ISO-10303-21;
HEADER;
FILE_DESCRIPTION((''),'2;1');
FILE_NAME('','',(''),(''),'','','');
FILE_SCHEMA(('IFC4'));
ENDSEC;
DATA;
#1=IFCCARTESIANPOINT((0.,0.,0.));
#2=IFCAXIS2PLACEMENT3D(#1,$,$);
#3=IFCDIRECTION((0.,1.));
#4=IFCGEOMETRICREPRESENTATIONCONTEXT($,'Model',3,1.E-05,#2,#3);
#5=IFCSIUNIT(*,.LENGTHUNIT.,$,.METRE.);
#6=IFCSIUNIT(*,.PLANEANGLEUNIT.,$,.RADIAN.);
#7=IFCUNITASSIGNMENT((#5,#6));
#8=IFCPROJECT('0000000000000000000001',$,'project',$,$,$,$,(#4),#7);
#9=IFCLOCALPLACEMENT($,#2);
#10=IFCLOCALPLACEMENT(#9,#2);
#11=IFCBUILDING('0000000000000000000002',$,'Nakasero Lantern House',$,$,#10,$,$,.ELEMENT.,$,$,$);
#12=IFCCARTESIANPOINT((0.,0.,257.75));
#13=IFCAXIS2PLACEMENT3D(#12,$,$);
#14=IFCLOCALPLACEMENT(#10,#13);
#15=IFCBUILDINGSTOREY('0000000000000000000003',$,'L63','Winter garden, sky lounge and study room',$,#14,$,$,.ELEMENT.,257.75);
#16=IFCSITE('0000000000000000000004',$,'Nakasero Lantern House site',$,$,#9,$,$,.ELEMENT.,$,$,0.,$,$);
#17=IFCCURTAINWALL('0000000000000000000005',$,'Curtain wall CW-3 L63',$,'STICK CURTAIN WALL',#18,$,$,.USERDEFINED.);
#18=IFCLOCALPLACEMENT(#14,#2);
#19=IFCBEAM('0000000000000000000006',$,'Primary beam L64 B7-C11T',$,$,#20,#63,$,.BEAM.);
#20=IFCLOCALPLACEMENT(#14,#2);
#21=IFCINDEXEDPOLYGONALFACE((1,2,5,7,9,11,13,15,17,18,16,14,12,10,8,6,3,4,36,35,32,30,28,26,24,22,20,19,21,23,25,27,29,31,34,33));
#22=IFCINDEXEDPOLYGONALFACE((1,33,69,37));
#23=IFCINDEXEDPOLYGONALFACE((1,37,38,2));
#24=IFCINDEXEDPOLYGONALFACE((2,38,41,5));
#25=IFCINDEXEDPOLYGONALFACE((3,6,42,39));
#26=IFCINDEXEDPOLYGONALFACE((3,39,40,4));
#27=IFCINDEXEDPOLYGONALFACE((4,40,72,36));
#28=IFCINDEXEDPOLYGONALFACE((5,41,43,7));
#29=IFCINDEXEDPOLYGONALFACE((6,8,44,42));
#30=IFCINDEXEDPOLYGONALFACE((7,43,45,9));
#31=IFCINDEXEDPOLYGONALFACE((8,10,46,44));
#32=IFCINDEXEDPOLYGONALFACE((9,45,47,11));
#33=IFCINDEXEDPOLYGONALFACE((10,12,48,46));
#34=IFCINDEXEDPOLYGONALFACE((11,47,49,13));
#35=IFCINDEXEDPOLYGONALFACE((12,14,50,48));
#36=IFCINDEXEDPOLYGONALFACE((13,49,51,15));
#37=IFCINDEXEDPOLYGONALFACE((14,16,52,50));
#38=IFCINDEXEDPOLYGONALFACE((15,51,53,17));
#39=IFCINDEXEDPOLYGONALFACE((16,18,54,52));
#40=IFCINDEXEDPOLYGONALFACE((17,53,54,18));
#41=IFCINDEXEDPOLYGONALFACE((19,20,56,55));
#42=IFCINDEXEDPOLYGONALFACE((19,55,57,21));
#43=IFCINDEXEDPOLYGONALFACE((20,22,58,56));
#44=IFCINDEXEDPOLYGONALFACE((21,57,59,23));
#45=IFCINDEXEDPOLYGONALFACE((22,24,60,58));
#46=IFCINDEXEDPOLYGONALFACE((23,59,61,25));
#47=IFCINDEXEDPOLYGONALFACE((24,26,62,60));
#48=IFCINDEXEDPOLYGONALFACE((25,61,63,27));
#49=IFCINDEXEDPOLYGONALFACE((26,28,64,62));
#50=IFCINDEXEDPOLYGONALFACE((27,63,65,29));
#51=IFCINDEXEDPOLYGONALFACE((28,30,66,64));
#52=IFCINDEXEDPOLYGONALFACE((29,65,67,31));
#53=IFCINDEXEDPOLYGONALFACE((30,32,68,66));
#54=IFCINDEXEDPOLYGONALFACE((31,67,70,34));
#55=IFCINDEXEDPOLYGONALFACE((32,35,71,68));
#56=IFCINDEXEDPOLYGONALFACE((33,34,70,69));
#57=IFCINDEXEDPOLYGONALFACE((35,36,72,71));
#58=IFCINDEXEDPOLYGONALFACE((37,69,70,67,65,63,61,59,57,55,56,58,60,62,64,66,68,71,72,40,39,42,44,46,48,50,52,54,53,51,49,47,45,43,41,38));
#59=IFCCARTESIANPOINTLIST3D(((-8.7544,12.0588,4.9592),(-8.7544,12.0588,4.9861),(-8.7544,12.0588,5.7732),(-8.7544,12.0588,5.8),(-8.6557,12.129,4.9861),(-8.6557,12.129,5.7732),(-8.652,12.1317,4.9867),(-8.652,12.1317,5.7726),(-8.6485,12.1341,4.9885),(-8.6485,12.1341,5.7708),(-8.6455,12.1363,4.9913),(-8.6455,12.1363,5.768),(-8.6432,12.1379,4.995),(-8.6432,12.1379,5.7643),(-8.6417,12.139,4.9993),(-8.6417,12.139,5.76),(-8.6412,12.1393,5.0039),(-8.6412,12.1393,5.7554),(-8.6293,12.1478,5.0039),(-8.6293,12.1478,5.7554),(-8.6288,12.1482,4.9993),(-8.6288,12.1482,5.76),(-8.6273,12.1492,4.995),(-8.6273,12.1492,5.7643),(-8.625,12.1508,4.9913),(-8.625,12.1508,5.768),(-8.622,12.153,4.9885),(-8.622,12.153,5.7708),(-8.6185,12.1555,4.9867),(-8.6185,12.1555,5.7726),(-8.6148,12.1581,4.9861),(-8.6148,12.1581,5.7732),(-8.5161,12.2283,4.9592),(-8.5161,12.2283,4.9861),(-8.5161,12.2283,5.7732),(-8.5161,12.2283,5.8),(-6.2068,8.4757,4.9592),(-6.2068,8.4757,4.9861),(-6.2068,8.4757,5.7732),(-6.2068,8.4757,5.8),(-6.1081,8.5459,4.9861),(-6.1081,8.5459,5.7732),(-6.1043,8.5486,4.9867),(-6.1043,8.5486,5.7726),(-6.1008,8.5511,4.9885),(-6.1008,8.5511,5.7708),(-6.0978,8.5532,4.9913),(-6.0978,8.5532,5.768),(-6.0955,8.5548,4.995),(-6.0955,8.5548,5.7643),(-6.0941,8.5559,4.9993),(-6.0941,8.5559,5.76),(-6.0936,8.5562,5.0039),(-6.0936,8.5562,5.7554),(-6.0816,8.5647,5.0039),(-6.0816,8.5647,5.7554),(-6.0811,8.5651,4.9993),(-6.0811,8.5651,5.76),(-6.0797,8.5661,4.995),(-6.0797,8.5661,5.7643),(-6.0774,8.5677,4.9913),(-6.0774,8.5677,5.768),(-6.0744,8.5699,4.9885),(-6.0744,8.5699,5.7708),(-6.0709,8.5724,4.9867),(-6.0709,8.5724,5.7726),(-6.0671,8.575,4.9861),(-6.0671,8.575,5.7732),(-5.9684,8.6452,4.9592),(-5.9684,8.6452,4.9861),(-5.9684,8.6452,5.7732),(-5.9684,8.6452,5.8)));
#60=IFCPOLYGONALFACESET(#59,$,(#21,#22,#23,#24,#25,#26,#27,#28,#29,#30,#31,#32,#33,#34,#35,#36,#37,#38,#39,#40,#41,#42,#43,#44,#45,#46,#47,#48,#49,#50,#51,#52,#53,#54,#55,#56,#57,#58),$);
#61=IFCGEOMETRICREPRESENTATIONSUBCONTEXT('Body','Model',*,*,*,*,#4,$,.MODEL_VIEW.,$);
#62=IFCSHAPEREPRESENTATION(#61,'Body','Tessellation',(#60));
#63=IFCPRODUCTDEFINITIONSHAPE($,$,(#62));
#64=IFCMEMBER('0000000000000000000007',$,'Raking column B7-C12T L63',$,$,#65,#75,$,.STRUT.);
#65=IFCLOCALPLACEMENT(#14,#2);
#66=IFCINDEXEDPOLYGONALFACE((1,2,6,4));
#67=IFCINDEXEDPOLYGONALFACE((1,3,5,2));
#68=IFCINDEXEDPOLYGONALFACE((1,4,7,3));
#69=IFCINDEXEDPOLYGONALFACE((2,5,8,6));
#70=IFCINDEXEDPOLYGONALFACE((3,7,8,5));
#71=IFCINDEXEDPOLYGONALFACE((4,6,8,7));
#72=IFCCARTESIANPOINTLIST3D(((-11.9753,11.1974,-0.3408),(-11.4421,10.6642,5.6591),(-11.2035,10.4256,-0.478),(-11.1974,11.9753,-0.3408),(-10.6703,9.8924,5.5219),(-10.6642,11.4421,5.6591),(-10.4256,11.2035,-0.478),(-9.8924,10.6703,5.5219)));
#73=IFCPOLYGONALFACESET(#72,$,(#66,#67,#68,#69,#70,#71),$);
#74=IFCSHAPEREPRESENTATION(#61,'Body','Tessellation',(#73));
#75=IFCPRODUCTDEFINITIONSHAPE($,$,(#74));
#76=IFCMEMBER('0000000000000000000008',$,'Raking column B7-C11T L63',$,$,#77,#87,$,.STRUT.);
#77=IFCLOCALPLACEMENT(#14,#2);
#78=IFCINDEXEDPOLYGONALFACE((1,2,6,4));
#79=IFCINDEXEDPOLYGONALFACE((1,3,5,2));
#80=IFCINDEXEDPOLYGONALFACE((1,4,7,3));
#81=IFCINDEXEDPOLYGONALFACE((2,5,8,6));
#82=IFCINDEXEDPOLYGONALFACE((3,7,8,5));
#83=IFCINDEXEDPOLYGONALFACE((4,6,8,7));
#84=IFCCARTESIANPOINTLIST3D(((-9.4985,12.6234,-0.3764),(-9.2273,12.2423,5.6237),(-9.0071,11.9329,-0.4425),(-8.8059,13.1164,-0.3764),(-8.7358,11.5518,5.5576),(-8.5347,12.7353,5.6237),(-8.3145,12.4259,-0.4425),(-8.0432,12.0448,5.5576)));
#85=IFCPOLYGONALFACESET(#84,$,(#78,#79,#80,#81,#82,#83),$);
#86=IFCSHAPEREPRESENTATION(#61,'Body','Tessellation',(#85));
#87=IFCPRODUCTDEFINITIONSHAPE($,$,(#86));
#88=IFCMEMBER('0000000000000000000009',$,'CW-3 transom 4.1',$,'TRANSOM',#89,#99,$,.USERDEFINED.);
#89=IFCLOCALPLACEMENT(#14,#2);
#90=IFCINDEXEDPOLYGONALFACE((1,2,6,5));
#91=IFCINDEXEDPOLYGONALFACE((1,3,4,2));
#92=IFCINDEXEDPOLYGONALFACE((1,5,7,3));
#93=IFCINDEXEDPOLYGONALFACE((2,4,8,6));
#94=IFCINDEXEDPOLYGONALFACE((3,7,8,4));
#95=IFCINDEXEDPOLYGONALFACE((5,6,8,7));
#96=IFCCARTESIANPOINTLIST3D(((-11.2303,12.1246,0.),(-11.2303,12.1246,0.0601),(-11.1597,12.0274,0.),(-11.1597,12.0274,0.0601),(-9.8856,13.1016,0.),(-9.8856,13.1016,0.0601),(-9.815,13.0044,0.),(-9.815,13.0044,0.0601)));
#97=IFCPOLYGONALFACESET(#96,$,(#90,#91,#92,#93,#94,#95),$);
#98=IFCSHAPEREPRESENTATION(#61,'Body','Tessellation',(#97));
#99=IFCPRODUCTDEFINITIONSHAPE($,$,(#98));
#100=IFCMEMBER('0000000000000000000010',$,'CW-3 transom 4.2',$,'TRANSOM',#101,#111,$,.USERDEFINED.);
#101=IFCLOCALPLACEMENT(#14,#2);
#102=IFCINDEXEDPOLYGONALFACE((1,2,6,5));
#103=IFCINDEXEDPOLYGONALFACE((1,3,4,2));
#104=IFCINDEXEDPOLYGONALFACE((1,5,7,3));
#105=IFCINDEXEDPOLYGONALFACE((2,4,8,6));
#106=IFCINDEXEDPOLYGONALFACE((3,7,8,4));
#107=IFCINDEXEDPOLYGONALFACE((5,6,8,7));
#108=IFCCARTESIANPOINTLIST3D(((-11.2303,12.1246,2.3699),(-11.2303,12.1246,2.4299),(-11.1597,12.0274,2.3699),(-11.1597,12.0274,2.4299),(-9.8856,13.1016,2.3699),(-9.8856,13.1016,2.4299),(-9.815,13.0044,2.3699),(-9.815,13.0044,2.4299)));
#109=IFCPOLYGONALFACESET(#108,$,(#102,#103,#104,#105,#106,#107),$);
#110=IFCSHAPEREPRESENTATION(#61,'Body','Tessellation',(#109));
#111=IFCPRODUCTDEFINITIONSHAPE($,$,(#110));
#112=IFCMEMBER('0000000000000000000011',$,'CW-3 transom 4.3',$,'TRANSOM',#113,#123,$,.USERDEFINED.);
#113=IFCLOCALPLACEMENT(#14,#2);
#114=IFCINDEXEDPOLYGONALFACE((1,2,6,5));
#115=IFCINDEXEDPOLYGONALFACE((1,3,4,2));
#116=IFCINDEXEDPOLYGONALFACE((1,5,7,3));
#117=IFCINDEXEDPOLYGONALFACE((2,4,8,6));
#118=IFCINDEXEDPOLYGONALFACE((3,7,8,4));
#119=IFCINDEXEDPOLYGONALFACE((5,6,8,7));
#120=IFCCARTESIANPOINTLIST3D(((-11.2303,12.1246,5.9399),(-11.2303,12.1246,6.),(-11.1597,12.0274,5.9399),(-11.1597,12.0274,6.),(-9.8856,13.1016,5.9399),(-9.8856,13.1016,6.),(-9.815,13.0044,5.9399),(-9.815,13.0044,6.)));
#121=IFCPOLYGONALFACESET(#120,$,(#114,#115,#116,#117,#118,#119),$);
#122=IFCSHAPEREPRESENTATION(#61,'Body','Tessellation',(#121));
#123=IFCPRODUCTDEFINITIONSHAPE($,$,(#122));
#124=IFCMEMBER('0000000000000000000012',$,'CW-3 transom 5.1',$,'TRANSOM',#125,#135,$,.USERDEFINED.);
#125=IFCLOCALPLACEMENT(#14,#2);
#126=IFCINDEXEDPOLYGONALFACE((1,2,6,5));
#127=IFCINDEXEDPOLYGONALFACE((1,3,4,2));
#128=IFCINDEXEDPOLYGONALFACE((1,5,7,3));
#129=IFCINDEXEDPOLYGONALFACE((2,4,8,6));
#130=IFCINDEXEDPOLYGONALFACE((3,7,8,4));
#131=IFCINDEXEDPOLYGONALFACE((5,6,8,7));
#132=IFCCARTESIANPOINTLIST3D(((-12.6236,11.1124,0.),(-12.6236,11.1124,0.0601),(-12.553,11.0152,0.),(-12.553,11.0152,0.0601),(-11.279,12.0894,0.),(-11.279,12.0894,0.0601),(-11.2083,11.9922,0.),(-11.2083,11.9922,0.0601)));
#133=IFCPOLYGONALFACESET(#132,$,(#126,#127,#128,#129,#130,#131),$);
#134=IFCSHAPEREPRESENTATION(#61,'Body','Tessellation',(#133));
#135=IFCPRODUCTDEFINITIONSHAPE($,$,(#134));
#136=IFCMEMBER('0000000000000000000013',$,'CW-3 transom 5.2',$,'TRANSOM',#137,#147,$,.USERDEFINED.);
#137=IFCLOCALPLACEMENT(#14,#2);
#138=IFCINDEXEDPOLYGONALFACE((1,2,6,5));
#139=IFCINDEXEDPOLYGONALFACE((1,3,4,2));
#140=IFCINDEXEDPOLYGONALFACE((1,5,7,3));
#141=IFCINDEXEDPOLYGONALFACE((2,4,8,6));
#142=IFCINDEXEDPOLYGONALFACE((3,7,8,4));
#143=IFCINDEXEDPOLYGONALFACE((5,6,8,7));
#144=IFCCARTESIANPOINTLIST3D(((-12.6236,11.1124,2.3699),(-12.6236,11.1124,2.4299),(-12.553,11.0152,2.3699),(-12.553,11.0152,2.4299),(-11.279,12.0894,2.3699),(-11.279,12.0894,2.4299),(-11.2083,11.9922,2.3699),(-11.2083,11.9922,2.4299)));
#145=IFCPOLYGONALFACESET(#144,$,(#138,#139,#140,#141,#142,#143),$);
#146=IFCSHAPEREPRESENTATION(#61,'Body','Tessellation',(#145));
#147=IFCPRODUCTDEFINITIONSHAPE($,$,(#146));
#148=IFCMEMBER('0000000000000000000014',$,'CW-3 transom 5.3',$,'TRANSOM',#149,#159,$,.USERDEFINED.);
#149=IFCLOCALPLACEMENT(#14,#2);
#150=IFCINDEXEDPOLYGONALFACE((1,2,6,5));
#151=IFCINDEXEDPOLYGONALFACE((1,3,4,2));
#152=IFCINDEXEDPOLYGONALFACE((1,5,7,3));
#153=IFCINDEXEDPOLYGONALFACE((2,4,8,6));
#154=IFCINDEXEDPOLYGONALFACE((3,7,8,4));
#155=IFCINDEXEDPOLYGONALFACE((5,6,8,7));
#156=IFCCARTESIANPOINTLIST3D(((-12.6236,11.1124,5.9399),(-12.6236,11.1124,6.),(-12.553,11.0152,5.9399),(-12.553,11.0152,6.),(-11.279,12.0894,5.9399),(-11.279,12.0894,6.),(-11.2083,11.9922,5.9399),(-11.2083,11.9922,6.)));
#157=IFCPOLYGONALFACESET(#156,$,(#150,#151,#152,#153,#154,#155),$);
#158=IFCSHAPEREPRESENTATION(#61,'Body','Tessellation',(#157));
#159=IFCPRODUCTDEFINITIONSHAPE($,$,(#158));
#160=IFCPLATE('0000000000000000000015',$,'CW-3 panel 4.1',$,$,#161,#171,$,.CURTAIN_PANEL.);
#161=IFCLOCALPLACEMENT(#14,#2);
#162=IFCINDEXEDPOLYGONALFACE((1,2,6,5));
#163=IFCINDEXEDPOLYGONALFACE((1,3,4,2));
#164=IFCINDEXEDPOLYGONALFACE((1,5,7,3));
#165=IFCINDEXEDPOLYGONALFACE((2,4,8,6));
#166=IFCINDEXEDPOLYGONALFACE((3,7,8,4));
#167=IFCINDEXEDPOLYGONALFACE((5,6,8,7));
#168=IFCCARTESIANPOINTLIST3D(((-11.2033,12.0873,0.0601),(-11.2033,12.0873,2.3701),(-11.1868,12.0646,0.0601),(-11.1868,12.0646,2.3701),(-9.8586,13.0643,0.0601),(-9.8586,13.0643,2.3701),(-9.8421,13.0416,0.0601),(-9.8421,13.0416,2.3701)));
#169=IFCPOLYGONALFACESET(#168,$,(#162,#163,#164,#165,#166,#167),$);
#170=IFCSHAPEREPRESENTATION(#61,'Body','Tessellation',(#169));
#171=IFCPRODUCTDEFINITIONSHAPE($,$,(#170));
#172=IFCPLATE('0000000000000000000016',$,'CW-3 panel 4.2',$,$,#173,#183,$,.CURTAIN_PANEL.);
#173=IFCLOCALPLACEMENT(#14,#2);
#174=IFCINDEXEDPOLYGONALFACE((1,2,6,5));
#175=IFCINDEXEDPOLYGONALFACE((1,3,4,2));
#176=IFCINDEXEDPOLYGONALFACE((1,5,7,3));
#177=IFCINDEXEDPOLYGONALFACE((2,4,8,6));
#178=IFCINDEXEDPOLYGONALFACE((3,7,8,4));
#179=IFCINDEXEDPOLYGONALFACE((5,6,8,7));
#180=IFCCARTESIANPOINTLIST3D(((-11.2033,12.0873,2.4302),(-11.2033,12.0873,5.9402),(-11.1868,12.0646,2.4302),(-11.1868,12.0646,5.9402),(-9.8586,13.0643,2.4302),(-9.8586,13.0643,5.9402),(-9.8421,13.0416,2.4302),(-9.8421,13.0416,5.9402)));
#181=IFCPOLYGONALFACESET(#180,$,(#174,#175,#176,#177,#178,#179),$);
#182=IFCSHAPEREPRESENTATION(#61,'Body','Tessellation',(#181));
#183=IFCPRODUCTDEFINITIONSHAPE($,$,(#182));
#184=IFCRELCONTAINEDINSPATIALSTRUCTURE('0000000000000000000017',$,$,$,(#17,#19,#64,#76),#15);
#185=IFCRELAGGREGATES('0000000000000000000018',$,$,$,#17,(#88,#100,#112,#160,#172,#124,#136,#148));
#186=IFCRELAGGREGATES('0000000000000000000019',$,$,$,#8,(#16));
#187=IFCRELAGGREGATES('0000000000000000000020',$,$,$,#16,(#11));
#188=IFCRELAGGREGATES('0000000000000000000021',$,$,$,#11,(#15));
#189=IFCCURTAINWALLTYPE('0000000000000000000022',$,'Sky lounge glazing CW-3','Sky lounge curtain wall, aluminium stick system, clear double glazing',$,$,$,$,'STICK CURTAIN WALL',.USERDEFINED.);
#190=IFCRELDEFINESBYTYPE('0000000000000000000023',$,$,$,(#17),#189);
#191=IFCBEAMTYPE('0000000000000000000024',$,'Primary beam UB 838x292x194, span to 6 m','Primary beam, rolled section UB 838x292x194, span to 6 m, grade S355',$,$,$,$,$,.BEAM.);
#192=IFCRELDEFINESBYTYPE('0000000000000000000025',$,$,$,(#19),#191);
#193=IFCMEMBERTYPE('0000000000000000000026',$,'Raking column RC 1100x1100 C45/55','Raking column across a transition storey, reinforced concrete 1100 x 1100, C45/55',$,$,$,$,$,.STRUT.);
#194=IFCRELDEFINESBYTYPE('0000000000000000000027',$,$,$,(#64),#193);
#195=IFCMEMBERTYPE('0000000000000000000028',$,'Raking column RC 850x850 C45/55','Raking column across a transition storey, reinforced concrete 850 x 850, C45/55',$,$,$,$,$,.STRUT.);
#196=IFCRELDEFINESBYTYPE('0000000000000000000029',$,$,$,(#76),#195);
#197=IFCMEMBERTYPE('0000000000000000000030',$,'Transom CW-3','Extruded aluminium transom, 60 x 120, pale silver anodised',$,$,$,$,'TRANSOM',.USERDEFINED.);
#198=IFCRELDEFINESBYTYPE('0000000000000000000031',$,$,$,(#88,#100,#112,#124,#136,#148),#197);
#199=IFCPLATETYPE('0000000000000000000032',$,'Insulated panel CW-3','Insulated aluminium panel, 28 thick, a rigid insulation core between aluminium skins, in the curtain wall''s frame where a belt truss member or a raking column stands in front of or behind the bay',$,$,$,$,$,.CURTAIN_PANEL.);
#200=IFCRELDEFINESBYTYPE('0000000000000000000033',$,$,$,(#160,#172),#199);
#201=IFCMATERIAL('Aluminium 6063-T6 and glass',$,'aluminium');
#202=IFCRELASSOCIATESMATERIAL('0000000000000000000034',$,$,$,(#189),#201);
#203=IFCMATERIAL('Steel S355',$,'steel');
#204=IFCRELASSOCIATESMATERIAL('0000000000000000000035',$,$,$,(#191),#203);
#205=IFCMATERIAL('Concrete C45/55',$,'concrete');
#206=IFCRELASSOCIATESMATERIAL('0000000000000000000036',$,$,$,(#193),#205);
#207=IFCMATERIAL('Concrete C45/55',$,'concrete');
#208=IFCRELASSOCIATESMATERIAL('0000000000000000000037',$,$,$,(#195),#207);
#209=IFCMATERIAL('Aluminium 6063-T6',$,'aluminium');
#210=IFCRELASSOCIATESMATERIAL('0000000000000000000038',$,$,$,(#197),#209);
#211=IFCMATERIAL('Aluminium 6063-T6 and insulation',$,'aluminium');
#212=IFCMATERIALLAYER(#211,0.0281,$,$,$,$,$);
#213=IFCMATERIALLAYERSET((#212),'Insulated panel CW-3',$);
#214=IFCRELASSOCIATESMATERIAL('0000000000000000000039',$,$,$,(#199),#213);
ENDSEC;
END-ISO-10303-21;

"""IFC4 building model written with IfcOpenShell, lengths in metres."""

from ifc_helpers import new_model, si_unit, direction, frame, origin, origin_2d, place, context, subcontext, project, spatial, rectangle, i_section, extrude, material, layer, layer_set, material_profile, profile_set, type_object, element, aggregate, save


model = new_model("IFC4")

# Units and contexts
model_context = context("Model", 3, precision=1e-05, world=origin(), true_north=direction((0.0, 1.0)))
body_context = subcontext(model_context, "Body", "Model", "MODEL_VIEW")
ifc_project = project(units=[si_unit("LENGTHUNIT", "METRE"), si_unit("PLANEANGLEUNIT", "RADIAN")], contexts=[model_context])

# Site, building, storey
site_placement = place(None, origin())
site = spatial("IfcSite", under=ifc_project, at=site_placement, Name="Nakasero Lantern House site", CompositionType="ELEMENT", RefElevation=0.0)
building_placement = place(site_placement, origin())
building = spatial("IfcBuilding", under=site, at=building_placement, Name="Nakasero Lantern House", CompositionType="ELEMENT")
storey_placement = place(building_placement, frame((0.0, 0.0, 257.75)))
storey = spatial("IfcBuildingStorey", under=building, at=storey_placement, Name="L63", Description="Winter garden, sky lounge and study room", CompositionType="ELEMENT", Elevation=257.75)

# Curtain wall
ifc_material_1 = material(Name="Aluminium 6063-T6 and glass", Category="aluminium")
curtain_wall_type = type_object("IfcCurtainWallType", Name="Sky lounge glazing CW-3", Description="Sky lounge curtain wall, aluminium stick system, clear double glazing", ElementType="STICK CURTAIN WALL", PredefinedType="USERDEFINED", material=ifc_material_1)
curtain_wall_placement = place(storey_placement, origin())
curtain_wall = element("IfcCurtainWall", 1, at=curtain_wall_placement, inside=storey, type_object=curtain_wall_type, Name="Curtain wall CW-3 L63", ObjectType="STICK CURTAIN WALL", PredefinedType="USERDEFINED")

# Beam
ifc_material_2 = material(Name="Steel S355", Category="steel")
ifc_material_profile_1 = material_profile(ifc_material_2, i_section(OverallWidth=0.2925, OverallDepth=0.8408, WebThickness=0.0146, FlangeThickness=0.0269, FilletRadius=0.0178, at=origin_2d()), Name="UB 838x292x194")
ifc_profile_set_1 = profile_set([ifc_material_profile_1], Name="Steel S355")
beam_type_1 = type_object("IfcBeamType", Name="Primary beam UB 838x292x194, span to 6 m", Description="Primary beam, rolled section UB 838x292x194, span to 6 m, grade S355", PredefinedType="BEAM", material=ifc_profile_set_1)
beam_1_placement = place(storey_placement, frame((-8.6353, 12.1436, 5.3796), z_axis=(0.579477, -0.814989, 0.0), x_axis=(0.814989, 0.579477, 0.0)))
element("IfcBeam", 2, at=beam_1_placement, inside=storey, type_object=beam_type_1, Name="Primary beam L64 B7-C11T", PredefinedType="BEAM", context=body_context, shape_type="SweptSolid", body=[
    extrude(i_section(OverallWidth=0.2925, OverallDepth=0.8408, WebThickness=0.0146, FlangeThickness=0.0269, FilletRadius=0.0178, at=origin_2d()), origin(), (0.0, 0.0, 1.0), 4.3965),
])

# Members
ifc_material_3 = material(Name="Concrete C45/55", Category="concrete")
ifc_material_profile_2 = material_profile(ifc_material_3, rectangle(XDim=1.1001, YDim=1.1001, at=origin_2d()), Name="RC 1100x1100")
ifc_profile_set_2 = profile_set([ifc_material_profile_2], Name="Concrete C45/55")
member_type_1 = type_object("IfcMemberType", Name="Raking column RC 1100x1100 C45/55", Description="Raking column across a transition storey, reinforced concrete 1100 x 1100, C45/55", PredefinedType="STRUT", material=ifc_profile_set_2)
member_1_placement = place(storey_placement, frame((-11.2004, 11.2004, -0.4094), z_axis=(0.088174, -0.088174, 0.992195), x_axis=(0.707107, 0.707107, 0.0)))
element("IfcMember", 3, at=member_1_placement, inside=storey, type_object=member_type_1, Name="Raking column B7-C12T L63", PredefinedType="STRUT", context=body_context, shape_type="SweptSolid", body=[
    extrude(rectangle(XDim=1.1001, YDim=1.1001, at=origin_2d()), origin(), (0.0, 0.0, 1.0), 6.0471),
])
ifc_material_4 = material(Name="Concrete C45/55", Category="concrete")
ifc_material_profile_3 = material_profile(ifc_material_4, rectangle(XDim=0.8501, YDim=0.8501, at=origin_2d()), Name="RC 850x850")
ifc_profile_set_3 = profile_set([ifc_material_profile_3], Name="Concrete C45/55")
member_type_2 = type_object("IfcMemberType", Name="Raking column RC 850x850 C45/55", Description="Raking column across a transition storey, reinforced concrete 850 x 850, C45/55", PredefinedType="STRUT", material=ifc_profile_set_3)
member_2_placement = place(storey_placement, frame((-8.9065, 12.5247, -0.4094), z_axis=(0.04507, -0.063325, 0.996975), x_axis=(0.81472, 0.579855, 0.0)))
element("IfcMember", 4, at=member_2_placement, inside=storey, type_object=member_type_2, Name="Raking column B7-C11T L63", PredefinedType="STRUT", context=body_context, shape_type="SweptSolid", body=[
    extrude(rectangle(XDim=0.8501, YDim=0.8501, at=origin_2d()), origin(), (0.0, 0.0, 1.0), 6.0183),
])

# Members
ifc_material_5 = material(Name="Aluminium 6063-T6", Category="aluminium")
ifc_material_profile_4 = material_profile(ifc_material_5, rectangle(XDim=0.0601, YDim=0.1201, at=origin_2d()), Name="CW-3 transom 60x120")
ifc_profile_set_4 = profile_set([ifc_material_profile_4], Name="Aluminium 6063-T6")
member_type_3 = type_object("IfcMemberType", Name="Transom CW-3", Description="Extruded aluminium transom, 60 x 120, pale silver anodised", ElementType="TRANSOM", PredefinedType="USERDEFINED", material=ifc_profile_set_4)
member_3_placement = place(storey_placement, frame((-9.8503, 13.053, 0.03), z_axis=(-0.809003, -0.587805, 0.0), x_axis=(0.0, 0.0, 1.0)))
member_3 = element("IfcMember", 5, at=member_3_placement, type_object=member_type_3, Name="CW-3 transom 4.1", ObjectType="TRANSOM", PredefinedType="USERDEFINED", context=body_context, shape_type="SweptSolid", body=[
    extrude(rectangle(XDim=0.0601, YDim=0.1201, at=origin_2d()), origin(), (0.0, 0.0, 1.0), 1.6621),
])
member_4_placement = place(storey_placement, frame((-9.8503, 13.053, 2.3999), z_axis=(-0.809003, -0.587805, 0.0), x_axis=(0.0, 0.0, 1.0)))
member_4 = element("IfcMember", 6, at=member_4_placement, type_object=member_type_3, Name="CW-3 transom 4.2", ObjectType="TRANSOM", PredefinedType="USERDEFINED", context=body_context, shape_type="SweptSolid", body=[
    extrude(rectangle(XDim=0.0601, YDim=0.1201, at=origin_2d()), origin(), (0.0, 0.0, 1.0), 1.6621),
])
member_5_placement = place(storey_placement, frame((-9.8503, 13.053, 5.97), z_axis=(-0.809003, -0.587805, 0.0), x_axis=(0.0, 0.0, 1.0)))
member_5 = element("IfcMember", 7, at=member_5_placement, type_object=member_type_3, Name="CW-3 transom 4.3", ObjectType="TRANSOM", PredefinedType="USERDEFINED", context=body_context, shape_type="SweptSolid", body=[
    extrude(rectangle(XDim=0.0601, YDim=0.1201, at=origin_2d()), origin(), (0.0, 0.0, 1.0), 1.6621),
])
member_6_placement = place(storey_placement, frame((-11.2437, 12.0408, 0.03), z_axis=(-0.809003, -0.587805, 0.0), x_axis=(0.0, 0.0, 1.0)))
member_6 = element("IfcMember", 8, at=member_6_placement, type_object=member_type_3, Name="CW-3 transom 5.1", ObjectType="TRANSOM", PredefinedType="USERDEFINED", context=body_context, shape_type="SweptSolid", body=[
    extrude(rectangle(XDim=0.0601, YDim=0.1201, at=origin_2d()), origin(), (0.0, 0.0, 1.0), 1.6621),
])
member_7_placement = place(storey_placement, frame((-11.2437, 12.0408, 2.3999), z_axis=(-0.809003, -0.587805, 0.0), x_axis=(0.0, 0.0, 1.0)))
member_7 = element("IfcMember", 9, at=member_7_placement, type_object=member_type_3, Name="CW-3 transom 5.2", ObjectType="TRANSOM", PredefinedType="USERDEFINED", context=body_context, shape_type="SweptSolid", body=[
    extrude(rectangle(XDim=0.0601, YDim=0.1201, at=origin_2d()), origin(), (0.0, 0.0, 1.0), 1.6621),
])
member_8_placement = place(storey_placement, frame((-11.2437, 12.0408, 5.97), z_axis=(-0.809003, -0.587805, 0.0), x_axis=(0.0, 0.0, 1.0)))
member_8 = element("IfcMember", 10, at=member_8_placement, type_object=member_type_3, Name="CW-3 transom 5.3", ObjectType="TRANSOM", PredefinedType="USERDEFINED", context=body_context, shape_type="SweptSolid", body=[
    extrude(rectangle(XDim=0.0601, YDim=0.1201, at=origin_2d()), origin(), (0.0, 0.0, 1.0), 1.6621),
])

# Plates
ifc_material_6 = material(Name="Aluminium 6063-T6 and insulation", Category="aluminium")
ifc_layer = layer(ifc_material_6, 0.0281)
ifc_layer_set = layer_set([ifc_layer], Name="Insulated panel CW-3")
plate_type = type_object("IfcPlateType", Name="Insulated panel CW-3", Description="Insulated aluminium panel, 28 thick, a rigid insulation core between aluminium skins, in the curtain wall's frame where a belt truss member or a raking column stands in front of or behind the bay", PredefinedType="CURTAIN_PANEL", material=ifc_layer_set)
plate_1_placement = place(storey_placement, frame((-10.5227, 12.5645, 0.0601), z_axis=(0.0, 0.0, 1.0), x_axis=(-0.809017, -0.587785, 0.0)))
plate_1 = element("IfcPlate", 11, at=plate_1_placement, type_object=plate_type, Name="CW-3 panel 4.1", PredefinedType="CURTAIN_PANEL", context=body_context, shape_type="SweptSolid", body=[
    extrude(rectangle(XDim=1.6621, YDim=0.0281, at=origin_2d()), origin(), (0.0, 0.0, 1.0), 2.3101),
])
plate_2_placement = place(storey_placement, frame((-10.5227, 12.5645, 2.4302), z_axis=(0.0, 0.0, 1.0), x_axis=(-0.809017, -0.587785, 0.0)))
plate_2 = element("IfcPlate", 12, at=plate_2_placement, type_object=plate_type, Name="CW-3 panel 4.2", PredefinedType="CURTAIN_PANEL", context=body_context, shape_type="SweptSolid", body=[
    extrude(rectangle(XDim=1.6621, YDim=0.0281, at=origin_2d()), origin(), (0.0, 0.0, 1.0), 3.51),
])
aggregate(curtain_wall, [member_3, member_4, member_5, plate_1, plate_2, member_6, member_7, member_8])

save(model, "model.ifc")
